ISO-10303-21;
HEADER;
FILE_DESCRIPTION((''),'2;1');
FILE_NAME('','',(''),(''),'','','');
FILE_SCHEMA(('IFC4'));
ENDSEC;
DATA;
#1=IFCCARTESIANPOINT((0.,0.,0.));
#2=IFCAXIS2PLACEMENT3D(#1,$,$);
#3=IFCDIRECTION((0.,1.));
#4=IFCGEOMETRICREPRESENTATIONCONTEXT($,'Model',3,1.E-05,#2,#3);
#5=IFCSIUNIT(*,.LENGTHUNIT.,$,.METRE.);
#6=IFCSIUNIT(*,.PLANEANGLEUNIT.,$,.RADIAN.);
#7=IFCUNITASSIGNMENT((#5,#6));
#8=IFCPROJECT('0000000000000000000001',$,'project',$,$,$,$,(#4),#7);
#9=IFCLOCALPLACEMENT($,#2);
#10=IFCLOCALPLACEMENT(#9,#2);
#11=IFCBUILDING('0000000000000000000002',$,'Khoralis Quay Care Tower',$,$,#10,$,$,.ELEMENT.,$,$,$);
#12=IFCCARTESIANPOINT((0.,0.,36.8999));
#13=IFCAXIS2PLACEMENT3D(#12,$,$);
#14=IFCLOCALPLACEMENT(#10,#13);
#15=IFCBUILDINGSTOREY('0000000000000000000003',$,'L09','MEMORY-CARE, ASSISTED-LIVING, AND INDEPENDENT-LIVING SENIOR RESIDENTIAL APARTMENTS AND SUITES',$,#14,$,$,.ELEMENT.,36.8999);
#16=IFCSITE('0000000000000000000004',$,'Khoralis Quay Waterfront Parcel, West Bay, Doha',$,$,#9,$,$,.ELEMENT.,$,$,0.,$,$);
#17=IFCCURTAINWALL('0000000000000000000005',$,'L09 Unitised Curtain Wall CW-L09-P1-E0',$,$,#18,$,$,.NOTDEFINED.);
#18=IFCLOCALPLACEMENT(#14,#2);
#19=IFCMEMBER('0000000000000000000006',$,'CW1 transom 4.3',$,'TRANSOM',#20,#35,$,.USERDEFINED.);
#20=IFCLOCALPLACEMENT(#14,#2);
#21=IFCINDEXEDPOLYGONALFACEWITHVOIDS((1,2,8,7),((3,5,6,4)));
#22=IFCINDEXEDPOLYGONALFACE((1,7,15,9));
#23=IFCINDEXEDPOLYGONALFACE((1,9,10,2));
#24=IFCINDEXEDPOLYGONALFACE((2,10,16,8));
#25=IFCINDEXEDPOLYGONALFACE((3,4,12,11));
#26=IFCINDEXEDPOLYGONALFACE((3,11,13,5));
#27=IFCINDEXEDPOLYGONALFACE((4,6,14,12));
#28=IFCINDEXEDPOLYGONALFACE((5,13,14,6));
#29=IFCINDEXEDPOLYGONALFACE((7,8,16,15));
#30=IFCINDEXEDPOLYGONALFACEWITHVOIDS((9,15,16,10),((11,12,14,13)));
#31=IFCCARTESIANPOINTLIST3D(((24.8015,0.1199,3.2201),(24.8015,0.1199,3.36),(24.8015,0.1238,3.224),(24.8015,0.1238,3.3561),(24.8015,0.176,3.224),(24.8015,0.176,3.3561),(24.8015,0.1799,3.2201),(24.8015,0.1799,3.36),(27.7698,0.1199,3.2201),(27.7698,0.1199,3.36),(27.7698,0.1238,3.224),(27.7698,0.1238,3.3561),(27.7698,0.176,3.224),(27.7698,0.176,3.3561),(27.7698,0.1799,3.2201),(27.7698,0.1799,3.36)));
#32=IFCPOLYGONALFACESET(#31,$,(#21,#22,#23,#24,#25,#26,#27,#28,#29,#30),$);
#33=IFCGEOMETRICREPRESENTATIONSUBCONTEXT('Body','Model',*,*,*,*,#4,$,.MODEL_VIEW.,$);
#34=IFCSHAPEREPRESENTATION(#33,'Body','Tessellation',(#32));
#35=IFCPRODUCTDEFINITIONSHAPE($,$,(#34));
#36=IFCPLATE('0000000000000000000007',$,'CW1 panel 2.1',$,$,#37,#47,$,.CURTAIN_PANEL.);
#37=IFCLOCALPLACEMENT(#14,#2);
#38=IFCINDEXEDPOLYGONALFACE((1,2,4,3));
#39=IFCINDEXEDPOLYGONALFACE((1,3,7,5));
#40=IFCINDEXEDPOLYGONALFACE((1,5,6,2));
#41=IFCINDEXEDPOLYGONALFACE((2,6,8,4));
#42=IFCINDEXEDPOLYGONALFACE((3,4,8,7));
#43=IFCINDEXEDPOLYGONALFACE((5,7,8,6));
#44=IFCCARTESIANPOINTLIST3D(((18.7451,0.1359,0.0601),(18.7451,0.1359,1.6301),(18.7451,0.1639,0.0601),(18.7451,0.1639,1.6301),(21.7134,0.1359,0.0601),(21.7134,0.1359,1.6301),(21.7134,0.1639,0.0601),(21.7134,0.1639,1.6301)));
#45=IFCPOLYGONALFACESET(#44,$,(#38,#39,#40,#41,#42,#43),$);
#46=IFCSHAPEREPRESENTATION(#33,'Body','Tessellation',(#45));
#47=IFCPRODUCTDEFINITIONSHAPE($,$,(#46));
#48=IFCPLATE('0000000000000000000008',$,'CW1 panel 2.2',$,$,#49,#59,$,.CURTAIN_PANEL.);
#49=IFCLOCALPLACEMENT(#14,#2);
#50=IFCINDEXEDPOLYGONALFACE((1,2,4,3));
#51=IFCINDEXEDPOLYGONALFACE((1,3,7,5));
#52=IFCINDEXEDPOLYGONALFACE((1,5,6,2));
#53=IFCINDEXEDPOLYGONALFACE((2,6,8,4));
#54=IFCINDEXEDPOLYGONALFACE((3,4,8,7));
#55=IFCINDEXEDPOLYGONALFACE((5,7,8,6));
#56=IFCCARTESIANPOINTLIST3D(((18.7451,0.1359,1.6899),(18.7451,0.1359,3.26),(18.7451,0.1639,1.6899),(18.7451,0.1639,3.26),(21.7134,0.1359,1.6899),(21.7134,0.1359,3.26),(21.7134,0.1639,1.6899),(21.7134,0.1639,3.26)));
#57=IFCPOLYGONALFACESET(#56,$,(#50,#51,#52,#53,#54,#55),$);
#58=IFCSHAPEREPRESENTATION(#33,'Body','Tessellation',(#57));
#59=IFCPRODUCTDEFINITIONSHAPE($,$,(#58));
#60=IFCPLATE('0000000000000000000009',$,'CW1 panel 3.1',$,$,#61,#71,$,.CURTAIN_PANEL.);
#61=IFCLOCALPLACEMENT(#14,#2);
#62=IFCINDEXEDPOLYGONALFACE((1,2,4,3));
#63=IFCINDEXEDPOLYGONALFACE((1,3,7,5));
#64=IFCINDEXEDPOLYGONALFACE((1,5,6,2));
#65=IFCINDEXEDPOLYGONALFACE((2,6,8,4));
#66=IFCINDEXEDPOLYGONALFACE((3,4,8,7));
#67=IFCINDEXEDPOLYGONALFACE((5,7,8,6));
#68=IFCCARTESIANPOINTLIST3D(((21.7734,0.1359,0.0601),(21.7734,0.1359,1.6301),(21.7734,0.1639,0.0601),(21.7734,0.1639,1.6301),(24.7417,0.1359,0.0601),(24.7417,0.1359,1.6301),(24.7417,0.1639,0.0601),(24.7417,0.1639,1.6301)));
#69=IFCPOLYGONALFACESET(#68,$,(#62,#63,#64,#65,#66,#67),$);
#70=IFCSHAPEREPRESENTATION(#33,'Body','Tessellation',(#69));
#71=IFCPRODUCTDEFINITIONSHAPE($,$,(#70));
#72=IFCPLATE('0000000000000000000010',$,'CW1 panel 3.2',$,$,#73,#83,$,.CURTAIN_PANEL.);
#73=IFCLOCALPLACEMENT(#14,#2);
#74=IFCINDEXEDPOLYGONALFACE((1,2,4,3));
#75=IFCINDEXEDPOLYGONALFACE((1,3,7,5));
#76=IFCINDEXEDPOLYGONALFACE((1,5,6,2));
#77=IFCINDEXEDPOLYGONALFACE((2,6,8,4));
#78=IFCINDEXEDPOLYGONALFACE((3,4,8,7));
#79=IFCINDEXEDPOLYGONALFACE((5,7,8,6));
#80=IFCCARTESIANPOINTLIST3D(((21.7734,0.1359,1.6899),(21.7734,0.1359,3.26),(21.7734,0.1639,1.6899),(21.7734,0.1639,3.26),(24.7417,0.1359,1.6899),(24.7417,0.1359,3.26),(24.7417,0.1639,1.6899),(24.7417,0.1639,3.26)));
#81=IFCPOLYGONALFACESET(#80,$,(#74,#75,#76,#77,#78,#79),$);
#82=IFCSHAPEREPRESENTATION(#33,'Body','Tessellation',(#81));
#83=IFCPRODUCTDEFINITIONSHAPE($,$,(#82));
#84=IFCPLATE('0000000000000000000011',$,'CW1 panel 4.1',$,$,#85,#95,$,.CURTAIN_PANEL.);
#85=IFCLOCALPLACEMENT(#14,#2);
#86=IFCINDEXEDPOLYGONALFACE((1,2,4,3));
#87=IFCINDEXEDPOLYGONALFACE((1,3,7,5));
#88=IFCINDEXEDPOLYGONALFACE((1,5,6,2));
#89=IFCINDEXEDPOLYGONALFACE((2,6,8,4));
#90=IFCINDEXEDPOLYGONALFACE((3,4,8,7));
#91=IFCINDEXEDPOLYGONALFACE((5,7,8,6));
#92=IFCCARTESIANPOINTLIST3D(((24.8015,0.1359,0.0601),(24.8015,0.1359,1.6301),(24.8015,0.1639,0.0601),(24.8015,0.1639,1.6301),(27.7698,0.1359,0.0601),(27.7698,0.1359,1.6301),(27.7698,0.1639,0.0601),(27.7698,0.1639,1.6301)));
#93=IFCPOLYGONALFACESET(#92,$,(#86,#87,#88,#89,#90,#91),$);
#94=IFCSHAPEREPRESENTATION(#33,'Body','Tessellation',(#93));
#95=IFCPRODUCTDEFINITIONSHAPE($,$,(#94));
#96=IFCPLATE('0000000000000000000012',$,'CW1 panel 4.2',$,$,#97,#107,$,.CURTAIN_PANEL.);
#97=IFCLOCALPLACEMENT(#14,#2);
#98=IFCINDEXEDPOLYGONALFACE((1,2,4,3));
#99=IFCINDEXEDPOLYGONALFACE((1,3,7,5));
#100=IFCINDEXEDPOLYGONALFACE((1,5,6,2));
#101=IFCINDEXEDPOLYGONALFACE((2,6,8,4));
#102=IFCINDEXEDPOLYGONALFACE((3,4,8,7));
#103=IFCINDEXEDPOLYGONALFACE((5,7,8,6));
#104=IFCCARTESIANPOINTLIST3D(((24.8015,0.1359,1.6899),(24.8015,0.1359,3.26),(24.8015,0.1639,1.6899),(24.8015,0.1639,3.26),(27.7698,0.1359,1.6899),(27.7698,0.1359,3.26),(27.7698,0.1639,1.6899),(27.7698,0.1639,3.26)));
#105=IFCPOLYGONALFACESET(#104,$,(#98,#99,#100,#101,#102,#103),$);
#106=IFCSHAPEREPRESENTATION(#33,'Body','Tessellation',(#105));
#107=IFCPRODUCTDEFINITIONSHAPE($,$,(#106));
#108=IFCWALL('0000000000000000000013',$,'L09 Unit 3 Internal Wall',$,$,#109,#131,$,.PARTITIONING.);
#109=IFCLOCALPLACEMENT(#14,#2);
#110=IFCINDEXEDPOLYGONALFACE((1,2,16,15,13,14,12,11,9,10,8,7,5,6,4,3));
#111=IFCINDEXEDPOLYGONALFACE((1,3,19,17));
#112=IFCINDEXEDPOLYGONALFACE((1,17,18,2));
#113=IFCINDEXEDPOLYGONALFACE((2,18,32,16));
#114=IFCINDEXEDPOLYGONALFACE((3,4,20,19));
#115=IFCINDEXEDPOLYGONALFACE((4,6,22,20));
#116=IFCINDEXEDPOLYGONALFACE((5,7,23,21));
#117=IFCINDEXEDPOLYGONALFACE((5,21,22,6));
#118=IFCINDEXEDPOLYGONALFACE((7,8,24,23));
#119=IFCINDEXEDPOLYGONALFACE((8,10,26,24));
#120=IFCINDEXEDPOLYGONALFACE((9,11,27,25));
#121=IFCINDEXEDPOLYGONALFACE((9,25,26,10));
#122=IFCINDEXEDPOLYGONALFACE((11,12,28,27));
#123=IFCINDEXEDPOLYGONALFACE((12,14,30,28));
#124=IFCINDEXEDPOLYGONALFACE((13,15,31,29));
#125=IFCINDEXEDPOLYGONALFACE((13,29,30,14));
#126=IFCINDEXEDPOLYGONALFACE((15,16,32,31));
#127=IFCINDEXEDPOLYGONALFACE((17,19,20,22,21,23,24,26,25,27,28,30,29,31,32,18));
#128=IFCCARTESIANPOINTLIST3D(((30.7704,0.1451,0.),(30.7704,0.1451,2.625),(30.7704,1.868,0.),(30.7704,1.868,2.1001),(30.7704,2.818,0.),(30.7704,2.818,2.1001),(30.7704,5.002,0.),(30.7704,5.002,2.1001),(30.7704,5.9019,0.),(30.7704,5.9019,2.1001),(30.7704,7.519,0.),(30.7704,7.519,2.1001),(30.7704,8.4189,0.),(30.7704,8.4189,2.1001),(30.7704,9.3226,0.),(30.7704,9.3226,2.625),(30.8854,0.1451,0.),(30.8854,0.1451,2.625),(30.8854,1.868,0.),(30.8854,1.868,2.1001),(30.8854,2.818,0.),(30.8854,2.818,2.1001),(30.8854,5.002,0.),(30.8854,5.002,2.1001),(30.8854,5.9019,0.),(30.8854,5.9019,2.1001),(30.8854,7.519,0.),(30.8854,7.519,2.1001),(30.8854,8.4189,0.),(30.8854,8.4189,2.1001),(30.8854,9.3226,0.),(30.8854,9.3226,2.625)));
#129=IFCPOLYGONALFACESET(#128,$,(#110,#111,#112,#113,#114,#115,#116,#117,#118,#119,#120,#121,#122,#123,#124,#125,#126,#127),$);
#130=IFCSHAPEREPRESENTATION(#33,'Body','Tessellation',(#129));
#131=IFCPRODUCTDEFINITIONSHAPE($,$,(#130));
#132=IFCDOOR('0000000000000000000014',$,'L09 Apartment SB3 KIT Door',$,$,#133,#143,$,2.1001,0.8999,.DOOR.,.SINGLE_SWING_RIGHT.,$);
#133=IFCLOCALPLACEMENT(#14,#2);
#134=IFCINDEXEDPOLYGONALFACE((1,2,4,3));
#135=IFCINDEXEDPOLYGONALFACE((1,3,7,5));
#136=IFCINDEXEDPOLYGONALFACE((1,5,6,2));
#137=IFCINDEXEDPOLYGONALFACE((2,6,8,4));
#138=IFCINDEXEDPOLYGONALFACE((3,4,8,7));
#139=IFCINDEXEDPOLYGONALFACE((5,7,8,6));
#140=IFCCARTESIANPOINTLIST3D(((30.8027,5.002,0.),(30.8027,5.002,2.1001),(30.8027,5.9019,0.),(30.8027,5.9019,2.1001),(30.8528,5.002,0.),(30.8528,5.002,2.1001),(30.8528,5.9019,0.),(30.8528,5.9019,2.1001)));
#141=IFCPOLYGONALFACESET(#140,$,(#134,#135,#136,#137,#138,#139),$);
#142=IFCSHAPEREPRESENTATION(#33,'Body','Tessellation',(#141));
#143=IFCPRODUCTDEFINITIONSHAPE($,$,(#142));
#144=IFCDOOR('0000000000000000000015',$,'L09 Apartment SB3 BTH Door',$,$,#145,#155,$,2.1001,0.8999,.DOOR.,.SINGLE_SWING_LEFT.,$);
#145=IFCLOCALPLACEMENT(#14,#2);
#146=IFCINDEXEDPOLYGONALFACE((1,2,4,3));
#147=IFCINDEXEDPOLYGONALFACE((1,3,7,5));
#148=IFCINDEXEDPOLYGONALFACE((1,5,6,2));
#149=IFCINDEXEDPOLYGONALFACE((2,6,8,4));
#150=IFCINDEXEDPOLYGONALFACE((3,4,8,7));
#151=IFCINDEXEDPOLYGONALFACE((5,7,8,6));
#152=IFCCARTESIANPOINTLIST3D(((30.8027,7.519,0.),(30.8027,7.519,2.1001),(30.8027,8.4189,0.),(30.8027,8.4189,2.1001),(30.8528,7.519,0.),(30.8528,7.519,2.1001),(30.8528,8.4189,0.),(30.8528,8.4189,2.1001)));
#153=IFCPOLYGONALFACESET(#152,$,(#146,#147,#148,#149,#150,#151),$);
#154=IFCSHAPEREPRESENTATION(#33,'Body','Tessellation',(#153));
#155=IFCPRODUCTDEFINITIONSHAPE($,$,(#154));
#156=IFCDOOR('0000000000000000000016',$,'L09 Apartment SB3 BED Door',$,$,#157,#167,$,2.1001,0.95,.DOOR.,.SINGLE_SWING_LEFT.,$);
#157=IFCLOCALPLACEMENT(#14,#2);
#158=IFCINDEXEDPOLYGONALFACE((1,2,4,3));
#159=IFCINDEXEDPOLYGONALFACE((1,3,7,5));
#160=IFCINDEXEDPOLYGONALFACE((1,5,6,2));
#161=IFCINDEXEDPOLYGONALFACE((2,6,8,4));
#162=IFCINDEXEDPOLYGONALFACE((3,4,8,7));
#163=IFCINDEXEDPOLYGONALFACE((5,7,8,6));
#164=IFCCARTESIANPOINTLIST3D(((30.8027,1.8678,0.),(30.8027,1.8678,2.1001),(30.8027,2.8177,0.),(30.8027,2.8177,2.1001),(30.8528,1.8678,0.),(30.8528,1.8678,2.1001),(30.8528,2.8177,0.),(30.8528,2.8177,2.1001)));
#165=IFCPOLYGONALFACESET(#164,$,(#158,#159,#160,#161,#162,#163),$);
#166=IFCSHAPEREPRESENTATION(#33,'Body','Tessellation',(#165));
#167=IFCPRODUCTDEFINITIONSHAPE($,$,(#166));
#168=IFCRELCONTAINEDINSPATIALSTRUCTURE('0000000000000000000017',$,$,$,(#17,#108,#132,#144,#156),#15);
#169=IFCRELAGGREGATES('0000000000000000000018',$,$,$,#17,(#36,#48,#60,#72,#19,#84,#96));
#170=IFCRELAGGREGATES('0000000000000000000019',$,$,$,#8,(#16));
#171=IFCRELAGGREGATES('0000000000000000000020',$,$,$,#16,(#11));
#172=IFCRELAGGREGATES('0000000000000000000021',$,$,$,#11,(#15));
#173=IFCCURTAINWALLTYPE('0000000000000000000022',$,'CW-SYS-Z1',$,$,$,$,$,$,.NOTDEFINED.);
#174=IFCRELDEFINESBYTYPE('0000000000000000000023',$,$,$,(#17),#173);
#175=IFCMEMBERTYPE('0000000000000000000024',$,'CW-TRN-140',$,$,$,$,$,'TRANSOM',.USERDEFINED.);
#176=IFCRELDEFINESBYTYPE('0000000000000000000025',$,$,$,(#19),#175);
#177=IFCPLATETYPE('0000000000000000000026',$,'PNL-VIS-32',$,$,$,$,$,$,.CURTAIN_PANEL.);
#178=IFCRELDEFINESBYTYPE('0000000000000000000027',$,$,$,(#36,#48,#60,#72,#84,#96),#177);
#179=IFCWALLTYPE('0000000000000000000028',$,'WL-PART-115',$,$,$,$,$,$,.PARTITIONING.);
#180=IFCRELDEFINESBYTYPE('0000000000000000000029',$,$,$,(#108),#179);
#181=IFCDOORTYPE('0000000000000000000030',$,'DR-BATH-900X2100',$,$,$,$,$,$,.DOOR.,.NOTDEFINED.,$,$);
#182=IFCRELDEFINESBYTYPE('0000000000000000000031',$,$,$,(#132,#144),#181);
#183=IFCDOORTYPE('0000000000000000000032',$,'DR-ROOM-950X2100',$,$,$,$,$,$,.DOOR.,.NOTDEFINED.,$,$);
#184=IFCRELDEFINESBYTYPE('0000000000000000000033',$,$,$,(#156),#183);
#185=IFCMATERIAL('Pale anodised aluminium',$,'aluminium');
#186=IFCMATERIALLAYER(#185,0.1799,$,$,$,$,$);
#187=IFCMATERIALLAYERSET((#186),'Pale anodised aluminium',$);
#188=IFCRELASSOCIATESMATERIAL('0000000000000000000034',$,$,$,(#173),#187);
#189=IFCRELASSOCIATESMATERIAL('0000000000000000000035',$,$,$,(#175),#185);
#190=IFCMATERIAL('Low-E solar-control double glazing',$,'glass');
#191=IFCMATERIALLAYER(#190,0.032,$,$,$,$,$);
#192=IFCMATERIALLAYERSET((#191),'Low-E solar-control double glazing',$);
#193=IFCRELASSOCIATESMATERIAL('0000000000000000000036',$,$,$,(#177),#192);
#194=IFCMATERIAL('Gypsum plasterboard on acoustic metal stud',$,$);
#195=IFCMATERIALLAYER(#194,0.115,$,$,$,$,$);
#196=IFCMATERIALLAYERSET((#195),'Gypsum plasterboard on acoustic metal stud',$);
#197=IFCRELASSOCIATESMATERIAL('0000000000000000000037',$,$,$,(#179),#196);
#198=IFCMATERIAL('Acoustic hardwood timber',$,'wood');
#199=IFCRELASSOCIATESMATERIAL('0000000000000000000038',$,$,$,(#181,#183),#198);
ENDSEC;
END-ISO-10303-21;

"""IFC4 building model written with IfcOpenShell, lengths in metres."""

from ifc_helpers import new_model, si_unit, direction, frame, frame_2d, origin, origin_2d, place, context, subcontext, project, spatial, rectangle, hollow_rectangle, extrude, source, transform, mapped, material, layer, layer_set, material_profile, profile_set, type_object, element, fill, aggregate, save


model = new_model("IFC4")

# Units and contexts
model_context = context("Model", 3, precision=1e-05, world=origin(), true_north=direction((0.0, 1.0)))
body_context = subcontext(model_context, "Body", "Model", "MODEL_VIEW")
ifc_project = project(units=[si_unit("LENGTHUNIT", "METRE"), si_unit("PLANEANGLEUNIT", "RADIAN")], contexts=[model_context])

# Site, building, storey
site_placement = place(None, origin())
site = spatial("IfcSite", under=ifc_project, at=site_placement, Name="Khoralis Quay Waterfront Parcel, West Bay, Doha", CompositionType="ELEMENT", RefElevation=0.0)
building_placement = place(site_placement, origin())
building = spatial("IfcBuilding", under=site, at=building_placement, Name="Khoralis Quay Care Tower", CompositionType="ELEMENT")
storey_placement = place(building_placement, frame((0.0, 0.0, 36.8999)))
storey = spatial("IfcBuildingStorey", under=building, at=storey_placement, Name="L09", Description="MEMORY-CARE, ASSISTED-LIVING, AND INDEPENDENT-LIVING SENIOR RESIDENTIAL APARTMENTS AND SUITES", CompositionType="ELEMENT", Elevation=36.8999)

# Curtain wall, member, plates
ifc_material_1 = material(Name="Pale anodised aluminium", Category="aluminium")
ifc_layer_1 = layer(ifc_material_1, 0.1799)
ifc_layer_set_1 = layer_set([ifc_layer_1], Name="Pale anodised aluminium")
curtain_wall_type = type_object("IfcCurtainWallType", Name="CW-SYS-Z1", PredefinedType="NOTDEFINED", material=ifc_layer_set_1)
curtain_wall_placement = place(storey_placement, origin())
curtain_wall = element("IfcCurtainWall", 1, at=curtain_wall_placement, inside=storey, type_object=curtain_wall_type, Name="L09 Unitised Curtain Wall CW-L09-P1-E0", PredefinedType="NOTDEFINED")
ifc_material_profile_1 = material_profile(ifc_material_1, hollow_rectangle(XDim=0.0601, YDim=0.1399, WallThickness=0.0039, at=origin_2d()), Name="Pale anodised aluminium")
ifc_profile_set_1 = profile_set([ifc_material_profile_1], Name="Pale anodised aluminium")
member_type_1 = type_object("IfcMemberType", Name="CW-TRN-140", ElementType="TRANSOM", PredefinedType="USERDEFINED", material=ifc_profile_set_1)
shared_shape_1 = source(origin(), body_context, "Body", "SweptSolid", [
    extrude(hollow_rectangle(XDim=0.0601, YDim=0.1399, WallThickness=0.0039, at=origin_2d()), origin(), (0.0, 0.0, 1.0), 2.9683),
])
member_1_placement = place(storey_placement, frame((24.8015, 0.1499, 3.29), z_axis=(1.0, 0.0, 0.0), x_axis=(0.0, 1.0, 0.0)))
member_1 = element("IfcMember", 2, at=member_1_placement, type_object=member_type_1, Name="CW1 transom 4.3", ObjectType="TRANSOM", PredefinedType="USERDEFINED", context=body_context, shape_type="MappedRepresentation", body=[
    mapped(shared_shape_1, transform((0.0, 0.0, 0.0), scale=1.0)),
])
ifc_material_2 = material(Name="Low-E solar-control double glazing", Category="glass")
ifc_layer_2 = layer(ifc_material_2, 0.032)
ifc_layer_set_2 = layer_set([ifc_layer_2], Name="Low-E solar-control double glazing")
plate_type = type_object("IfcPlateType", Name="PNL-VIS-32", PredefinedType="CURTAIN_PANEL", material=ifc_layer_set_2)
shared_shape_2 = source(origin(), body_context, "Body", "SweptSolid", [
    extrude(rectangle(XDim=2.9683, YDim=0.0281, at=origin_2d()), origin(), (0.0, 0.0, 1.0), 1.5701),
])
plate_1_placement = place(storey_placement, frame((20.2292, 0.1499, 0.0601), z_axis=(0.0, 0.0, 1.0), x_axis=(1.0, 0.0, 0.0)))
plate_1 = element("IfcPlate", 3, at=plate_1_placement, type_object=plate_type, Name="CW1 panel 2.1", PredefinedType="CURTAIN_PANEL", context=body_context, shape_type="MappedRepresentation", body=[
    mapped(shared_shape_2, transform((0.0, 0.0, 0.0), scale=1.0)),
])
plate_2_placement = place(storey_placement, frame((20.2292, 0.1499, 1.6899), z_axis=(0.0, 0.0, 1.0), x_axis=(1.0, 0.0, 0.0)))
plate_2 = element("IfcPlate", 4, at=plate_2_placement, type_object=plate_type, Name="CW1 panel 2.2", PredefinedType="CURTAIN_PANEL", context=body_context, shape_type="MappedRepresentation", body=[
    mapped(shared_shape_2, transform((0.0, 0.0, 0.0), scale=1.0)),
])
plate_3_placement = place(storey_placement, frame((23.2576, 0.1499, 0.0601), z_axis=(0.0, 0.0, 1.0), x_axis=(1.0, 0.0, 0.0)))
plate_3 = element("IfcPlate", 5, at=plate_3_placement, type_object=plate_type, Name="CW1 panel 3.1", PredefinedType="CURTAIN_PANEL", context=body_context, shape_type="MappedRepresentation", body=[
    mapped(shared_shape_2, transform((0.0, 0.0, 0.0), scale=1.0)),
])
plate_4_placement = place(storey_placement, frame((23.2576, 0.1499, 1.6899), z_axis=(0.0, 0.0, 1.0), x_axis=(1.0, 0.0, 0.0)))
plate_4 = element("IfcPlate", 6, at=plate_4_placement, type_object=plate_type, Name="CW1 panel 3.2", PredefinedType="CURTAIN_PANEL", context=body_context, shape_type="MappedRepresentation", body=[
    mapped(shared_shape_2, transform((0.0, 0.0, 0.0), scale=1.0)),
])
plate_5_placement = place(storey_placement, frame((26.2856, 0.1499, 0.0601), z_axis=(0.0, 0.0, 1.0), x_axis=(1.0, 0.0, 0.0)))
plate_5 = element("IfcPlate", 7, at=plate_5_placement, type_object=plate_type, Name="CW1 panel 4.1", PredefinedType="CURTAIN_PANEL", context=body_context, shape_type="MappedRepresentation", body=[
    mapped(shared_shape_2, transform((0.0, 0.0, 0.0), scale=1.0)),
])
plate_6_placement = place(storey_placement, frame((26.2856, 0.1499, 1.6899), z_axis=(0.0, 0.0, 1.0), x_axis=(1.0, 0.0, 0.0)))
plate_6 = element("IfcPlate", 8, at=plate_6_placement, type_object=plate_type, Name="CW1 panel 4.2", PredefinedType="CURTAIN_PANEL", context=body_context, shape_type="MappedRepresentation", body=[
    mapped(shared_shape_2, transform((0.0, 0.0, 0.0), scale=1.0)),
])
aggregate(curtain_wall, [plate_1, plate_2, plate_3, plate_4, member_1, plate_5, plate_6])

# Wall, openings, doors
ifc_material_3 = material(Name="Gypsum plasterboard on acoustic metal stud")
ifc_layer_3 = layer(ifc_material_3, 0.115)
ifc_layer_set_3 = layer_set([ifc_layer_3], Name="Gypsum plasterboard on acoustic metal stud")
wall_type_1 = type_object("IfcWallType", Name="WL-PART-115", PredefinedType="PARTITIONING", material=ifc_layer_set_3)
wall_placement = place(storey_placement, frame((30.8279, 0.145, 0.0), z_axis=(0.0, 0.0, 1.0), x_axis=(0.0, 1.0, 0.0)))
wall = element("IfcWall", 9, at=wall_placement, inside=storey, type_object=wall_type_1, Name="L09 Unit 3 Internal Wall", PredefinedType="PARTITIONING", context=body_context, shape_type="SweptSolid", body=[
    extrude(rectangle(XDim=9.1775, YDim=0.115, at=frame_2d((4.5889, 0.0))), origin(), (0.0, 0.0, 1.0), 2.625),
])
opening_1_placement = place(wall_placement, frame((1.7229, 0.0, 0.0)))
opening_1 = element("IfcOpeningElement", 10, at=opening_1_placement, cuts=wall, PredefinedType="OPENING", context=body_context, shape_type="SweptSolid", body=[
    extrude(rectangle(XDim=0.95, YDim=2.1001, at=frame_2d((0.4751, 1.05))), frame((0.0, 0.0674, 0.0), z_axis=(0.0, -1.0, 0.0), x_axis=(1.0, 0.0, 0.0)), (0.0, 0.0, 1.0), 0.135),
])
opening_2_placement = place(wall_placement, frame((4.8569, 0.0, 0.0)))
opening_2 = element("IfcOpeningElement", 11, at=opening_2_placement, cuts=wall, PredefinedType="OPENING", context=body_context, shape_type="SweptSolid", body=[
    extrude(rectangle(XDim=0.8999, YDim=2.1001, at=frame_2d((0.45, 1.05))), frame((0.0, 0.0674, 0.0), z_axis=(0.0, -1.0, 0.0), x_axis=(1.0, 0.0, 0.0)), (0.0, 0.0, 1.0), 0.135),
])
opening_3_placement = place(wall_placement, frame((7.374, 0.0, 0.0)))
opening_3 = element("IfcOpeningElement", 12, at=opening_3_placement, cuts=wall, PredefinedType="OPENING", context=body_context, shape_type="SweptSolid", body=[
    extrude(rectangle(XDim=0.8999, YDim=2.1001, at=frame_2d((0.45, 1.05))), frame((0.0, 0.0674, 0.0), z_axis=(0.0, -1.0, 0.0), x_axis=(1.0, 0.0, 0.0)), (0.0, 0.0, 1.0), 0.135),
])
ifc_material_4 = material(Name="Acoustic hardwood timber", Category="wood")
door_type_1 = type_object("IfcDoorType", Name="DR-BATH-900X2100", OperationType="NOTDEFINED", PredefinedType="DOOR", material=ifc_material_4)
shared_shape_3 = source(origin(), body_context, "Body", "SweptSolid", [
    extrude(rectangle(XDim=0.8999, YDim=2.1001, at=frame_2d((0.45, 1.05))), frame((0.0, 0.0249, 0.0), z_axis=(0.0, -1.0, 0.0), x_axis=(1.0, 0.0, 0.0)), (0.0, 0.0, 1.0), 0.05),
])
door_1_placement = place(opening_2_placement, frame((0.8999, 0.0, 0.0), z_axis=(0.0, 0.0, 1.0), x_axis=(-1.0, 0.0, 0.0)))
door_1 = element("IfcDoor", 13, at=door_1_placement, inside=storey, type_object=door_type_1, Name="L09 Apartment SB3 KIT Door", OperationType="SINGLE_SWING_RIGHT", OverallHeight=2.1001, OverallWidth=0.8999, PredefinedType="DOOR", context=body_context, shape_type="MappedRepresentation", body=[
    mapped(shared_shape_3, transform((0.0, 0.0, 0.0), scale=1.0)),
])
fill(opening_2, door_1)
door_2_placement = place(opening_3_placement, frame((0.8999, 0.0, 0.0), z_axis=(0.0, 0.0, 1.0), x_axis=(-1.0, 0.0, 0.0)))
door_2 = element("IfcDoor", 14, at=door_2_placement, inside=storey, type_object=door_type_1, Name="L09 Apartment SB3 BTH Door", OperationType="SINGLE_SWING_LEFT", OverallHeight=2.1001, OverallWidth=0.8999, PredefinedType="DOOR", context=body_context, shape_type="MappedRepresentation", body=[
    mapped(shared_shape_3, transform((0.0, 0.0, 0.0), scale=1.0)),
])
fill(opening_3, door_2)
door_type_2 = type_object("IfcDoorType", Name="DR-ROOM-950X2100", OperationType="NOTDEFINED", PredefinedType="DOOR", material=ifc_material_4)
shared_shape_4 = source(origin(), body_context, "Body", "SweptSolid", [
    extrude(rectangle(XDim=0.95, YDim=2.1001, at=frame_2d((0.4751, 1.05))), frame((0.0, 0.0249, 0.0), z_axis=(0.0, -1.0, 0.0), x_axis=(1.0, 0.0, 0.0)), (0.0, 0.0, 1.0), 0.05),
])
door_3_placement = place(opening_1_placement, frame((0.95, 0.0, 0.0), z_axis=(0.0, 0.0, 1.0), x_axis=(-1.0, 0.0, 0.0)))
door_3 = element("IfcDoor", 15, at=door_3_placement, inside=storey, type_object=door_type_2, Name="L09 Apartment SB3 BED Door", OperationType="SINGLE_SWING_LEFT", OverallHeight=2.1001, OverallWidth=0.95, PredefinedType="DOOR", context=body_context, shape_type="MappedRepresentation", body=[
    mapped(shared_shape_4, transform((0.0, 0.0, 0.0), scale=1.0)),
])
fill(opening_1, door_3)

save(model, "model.ifc")
